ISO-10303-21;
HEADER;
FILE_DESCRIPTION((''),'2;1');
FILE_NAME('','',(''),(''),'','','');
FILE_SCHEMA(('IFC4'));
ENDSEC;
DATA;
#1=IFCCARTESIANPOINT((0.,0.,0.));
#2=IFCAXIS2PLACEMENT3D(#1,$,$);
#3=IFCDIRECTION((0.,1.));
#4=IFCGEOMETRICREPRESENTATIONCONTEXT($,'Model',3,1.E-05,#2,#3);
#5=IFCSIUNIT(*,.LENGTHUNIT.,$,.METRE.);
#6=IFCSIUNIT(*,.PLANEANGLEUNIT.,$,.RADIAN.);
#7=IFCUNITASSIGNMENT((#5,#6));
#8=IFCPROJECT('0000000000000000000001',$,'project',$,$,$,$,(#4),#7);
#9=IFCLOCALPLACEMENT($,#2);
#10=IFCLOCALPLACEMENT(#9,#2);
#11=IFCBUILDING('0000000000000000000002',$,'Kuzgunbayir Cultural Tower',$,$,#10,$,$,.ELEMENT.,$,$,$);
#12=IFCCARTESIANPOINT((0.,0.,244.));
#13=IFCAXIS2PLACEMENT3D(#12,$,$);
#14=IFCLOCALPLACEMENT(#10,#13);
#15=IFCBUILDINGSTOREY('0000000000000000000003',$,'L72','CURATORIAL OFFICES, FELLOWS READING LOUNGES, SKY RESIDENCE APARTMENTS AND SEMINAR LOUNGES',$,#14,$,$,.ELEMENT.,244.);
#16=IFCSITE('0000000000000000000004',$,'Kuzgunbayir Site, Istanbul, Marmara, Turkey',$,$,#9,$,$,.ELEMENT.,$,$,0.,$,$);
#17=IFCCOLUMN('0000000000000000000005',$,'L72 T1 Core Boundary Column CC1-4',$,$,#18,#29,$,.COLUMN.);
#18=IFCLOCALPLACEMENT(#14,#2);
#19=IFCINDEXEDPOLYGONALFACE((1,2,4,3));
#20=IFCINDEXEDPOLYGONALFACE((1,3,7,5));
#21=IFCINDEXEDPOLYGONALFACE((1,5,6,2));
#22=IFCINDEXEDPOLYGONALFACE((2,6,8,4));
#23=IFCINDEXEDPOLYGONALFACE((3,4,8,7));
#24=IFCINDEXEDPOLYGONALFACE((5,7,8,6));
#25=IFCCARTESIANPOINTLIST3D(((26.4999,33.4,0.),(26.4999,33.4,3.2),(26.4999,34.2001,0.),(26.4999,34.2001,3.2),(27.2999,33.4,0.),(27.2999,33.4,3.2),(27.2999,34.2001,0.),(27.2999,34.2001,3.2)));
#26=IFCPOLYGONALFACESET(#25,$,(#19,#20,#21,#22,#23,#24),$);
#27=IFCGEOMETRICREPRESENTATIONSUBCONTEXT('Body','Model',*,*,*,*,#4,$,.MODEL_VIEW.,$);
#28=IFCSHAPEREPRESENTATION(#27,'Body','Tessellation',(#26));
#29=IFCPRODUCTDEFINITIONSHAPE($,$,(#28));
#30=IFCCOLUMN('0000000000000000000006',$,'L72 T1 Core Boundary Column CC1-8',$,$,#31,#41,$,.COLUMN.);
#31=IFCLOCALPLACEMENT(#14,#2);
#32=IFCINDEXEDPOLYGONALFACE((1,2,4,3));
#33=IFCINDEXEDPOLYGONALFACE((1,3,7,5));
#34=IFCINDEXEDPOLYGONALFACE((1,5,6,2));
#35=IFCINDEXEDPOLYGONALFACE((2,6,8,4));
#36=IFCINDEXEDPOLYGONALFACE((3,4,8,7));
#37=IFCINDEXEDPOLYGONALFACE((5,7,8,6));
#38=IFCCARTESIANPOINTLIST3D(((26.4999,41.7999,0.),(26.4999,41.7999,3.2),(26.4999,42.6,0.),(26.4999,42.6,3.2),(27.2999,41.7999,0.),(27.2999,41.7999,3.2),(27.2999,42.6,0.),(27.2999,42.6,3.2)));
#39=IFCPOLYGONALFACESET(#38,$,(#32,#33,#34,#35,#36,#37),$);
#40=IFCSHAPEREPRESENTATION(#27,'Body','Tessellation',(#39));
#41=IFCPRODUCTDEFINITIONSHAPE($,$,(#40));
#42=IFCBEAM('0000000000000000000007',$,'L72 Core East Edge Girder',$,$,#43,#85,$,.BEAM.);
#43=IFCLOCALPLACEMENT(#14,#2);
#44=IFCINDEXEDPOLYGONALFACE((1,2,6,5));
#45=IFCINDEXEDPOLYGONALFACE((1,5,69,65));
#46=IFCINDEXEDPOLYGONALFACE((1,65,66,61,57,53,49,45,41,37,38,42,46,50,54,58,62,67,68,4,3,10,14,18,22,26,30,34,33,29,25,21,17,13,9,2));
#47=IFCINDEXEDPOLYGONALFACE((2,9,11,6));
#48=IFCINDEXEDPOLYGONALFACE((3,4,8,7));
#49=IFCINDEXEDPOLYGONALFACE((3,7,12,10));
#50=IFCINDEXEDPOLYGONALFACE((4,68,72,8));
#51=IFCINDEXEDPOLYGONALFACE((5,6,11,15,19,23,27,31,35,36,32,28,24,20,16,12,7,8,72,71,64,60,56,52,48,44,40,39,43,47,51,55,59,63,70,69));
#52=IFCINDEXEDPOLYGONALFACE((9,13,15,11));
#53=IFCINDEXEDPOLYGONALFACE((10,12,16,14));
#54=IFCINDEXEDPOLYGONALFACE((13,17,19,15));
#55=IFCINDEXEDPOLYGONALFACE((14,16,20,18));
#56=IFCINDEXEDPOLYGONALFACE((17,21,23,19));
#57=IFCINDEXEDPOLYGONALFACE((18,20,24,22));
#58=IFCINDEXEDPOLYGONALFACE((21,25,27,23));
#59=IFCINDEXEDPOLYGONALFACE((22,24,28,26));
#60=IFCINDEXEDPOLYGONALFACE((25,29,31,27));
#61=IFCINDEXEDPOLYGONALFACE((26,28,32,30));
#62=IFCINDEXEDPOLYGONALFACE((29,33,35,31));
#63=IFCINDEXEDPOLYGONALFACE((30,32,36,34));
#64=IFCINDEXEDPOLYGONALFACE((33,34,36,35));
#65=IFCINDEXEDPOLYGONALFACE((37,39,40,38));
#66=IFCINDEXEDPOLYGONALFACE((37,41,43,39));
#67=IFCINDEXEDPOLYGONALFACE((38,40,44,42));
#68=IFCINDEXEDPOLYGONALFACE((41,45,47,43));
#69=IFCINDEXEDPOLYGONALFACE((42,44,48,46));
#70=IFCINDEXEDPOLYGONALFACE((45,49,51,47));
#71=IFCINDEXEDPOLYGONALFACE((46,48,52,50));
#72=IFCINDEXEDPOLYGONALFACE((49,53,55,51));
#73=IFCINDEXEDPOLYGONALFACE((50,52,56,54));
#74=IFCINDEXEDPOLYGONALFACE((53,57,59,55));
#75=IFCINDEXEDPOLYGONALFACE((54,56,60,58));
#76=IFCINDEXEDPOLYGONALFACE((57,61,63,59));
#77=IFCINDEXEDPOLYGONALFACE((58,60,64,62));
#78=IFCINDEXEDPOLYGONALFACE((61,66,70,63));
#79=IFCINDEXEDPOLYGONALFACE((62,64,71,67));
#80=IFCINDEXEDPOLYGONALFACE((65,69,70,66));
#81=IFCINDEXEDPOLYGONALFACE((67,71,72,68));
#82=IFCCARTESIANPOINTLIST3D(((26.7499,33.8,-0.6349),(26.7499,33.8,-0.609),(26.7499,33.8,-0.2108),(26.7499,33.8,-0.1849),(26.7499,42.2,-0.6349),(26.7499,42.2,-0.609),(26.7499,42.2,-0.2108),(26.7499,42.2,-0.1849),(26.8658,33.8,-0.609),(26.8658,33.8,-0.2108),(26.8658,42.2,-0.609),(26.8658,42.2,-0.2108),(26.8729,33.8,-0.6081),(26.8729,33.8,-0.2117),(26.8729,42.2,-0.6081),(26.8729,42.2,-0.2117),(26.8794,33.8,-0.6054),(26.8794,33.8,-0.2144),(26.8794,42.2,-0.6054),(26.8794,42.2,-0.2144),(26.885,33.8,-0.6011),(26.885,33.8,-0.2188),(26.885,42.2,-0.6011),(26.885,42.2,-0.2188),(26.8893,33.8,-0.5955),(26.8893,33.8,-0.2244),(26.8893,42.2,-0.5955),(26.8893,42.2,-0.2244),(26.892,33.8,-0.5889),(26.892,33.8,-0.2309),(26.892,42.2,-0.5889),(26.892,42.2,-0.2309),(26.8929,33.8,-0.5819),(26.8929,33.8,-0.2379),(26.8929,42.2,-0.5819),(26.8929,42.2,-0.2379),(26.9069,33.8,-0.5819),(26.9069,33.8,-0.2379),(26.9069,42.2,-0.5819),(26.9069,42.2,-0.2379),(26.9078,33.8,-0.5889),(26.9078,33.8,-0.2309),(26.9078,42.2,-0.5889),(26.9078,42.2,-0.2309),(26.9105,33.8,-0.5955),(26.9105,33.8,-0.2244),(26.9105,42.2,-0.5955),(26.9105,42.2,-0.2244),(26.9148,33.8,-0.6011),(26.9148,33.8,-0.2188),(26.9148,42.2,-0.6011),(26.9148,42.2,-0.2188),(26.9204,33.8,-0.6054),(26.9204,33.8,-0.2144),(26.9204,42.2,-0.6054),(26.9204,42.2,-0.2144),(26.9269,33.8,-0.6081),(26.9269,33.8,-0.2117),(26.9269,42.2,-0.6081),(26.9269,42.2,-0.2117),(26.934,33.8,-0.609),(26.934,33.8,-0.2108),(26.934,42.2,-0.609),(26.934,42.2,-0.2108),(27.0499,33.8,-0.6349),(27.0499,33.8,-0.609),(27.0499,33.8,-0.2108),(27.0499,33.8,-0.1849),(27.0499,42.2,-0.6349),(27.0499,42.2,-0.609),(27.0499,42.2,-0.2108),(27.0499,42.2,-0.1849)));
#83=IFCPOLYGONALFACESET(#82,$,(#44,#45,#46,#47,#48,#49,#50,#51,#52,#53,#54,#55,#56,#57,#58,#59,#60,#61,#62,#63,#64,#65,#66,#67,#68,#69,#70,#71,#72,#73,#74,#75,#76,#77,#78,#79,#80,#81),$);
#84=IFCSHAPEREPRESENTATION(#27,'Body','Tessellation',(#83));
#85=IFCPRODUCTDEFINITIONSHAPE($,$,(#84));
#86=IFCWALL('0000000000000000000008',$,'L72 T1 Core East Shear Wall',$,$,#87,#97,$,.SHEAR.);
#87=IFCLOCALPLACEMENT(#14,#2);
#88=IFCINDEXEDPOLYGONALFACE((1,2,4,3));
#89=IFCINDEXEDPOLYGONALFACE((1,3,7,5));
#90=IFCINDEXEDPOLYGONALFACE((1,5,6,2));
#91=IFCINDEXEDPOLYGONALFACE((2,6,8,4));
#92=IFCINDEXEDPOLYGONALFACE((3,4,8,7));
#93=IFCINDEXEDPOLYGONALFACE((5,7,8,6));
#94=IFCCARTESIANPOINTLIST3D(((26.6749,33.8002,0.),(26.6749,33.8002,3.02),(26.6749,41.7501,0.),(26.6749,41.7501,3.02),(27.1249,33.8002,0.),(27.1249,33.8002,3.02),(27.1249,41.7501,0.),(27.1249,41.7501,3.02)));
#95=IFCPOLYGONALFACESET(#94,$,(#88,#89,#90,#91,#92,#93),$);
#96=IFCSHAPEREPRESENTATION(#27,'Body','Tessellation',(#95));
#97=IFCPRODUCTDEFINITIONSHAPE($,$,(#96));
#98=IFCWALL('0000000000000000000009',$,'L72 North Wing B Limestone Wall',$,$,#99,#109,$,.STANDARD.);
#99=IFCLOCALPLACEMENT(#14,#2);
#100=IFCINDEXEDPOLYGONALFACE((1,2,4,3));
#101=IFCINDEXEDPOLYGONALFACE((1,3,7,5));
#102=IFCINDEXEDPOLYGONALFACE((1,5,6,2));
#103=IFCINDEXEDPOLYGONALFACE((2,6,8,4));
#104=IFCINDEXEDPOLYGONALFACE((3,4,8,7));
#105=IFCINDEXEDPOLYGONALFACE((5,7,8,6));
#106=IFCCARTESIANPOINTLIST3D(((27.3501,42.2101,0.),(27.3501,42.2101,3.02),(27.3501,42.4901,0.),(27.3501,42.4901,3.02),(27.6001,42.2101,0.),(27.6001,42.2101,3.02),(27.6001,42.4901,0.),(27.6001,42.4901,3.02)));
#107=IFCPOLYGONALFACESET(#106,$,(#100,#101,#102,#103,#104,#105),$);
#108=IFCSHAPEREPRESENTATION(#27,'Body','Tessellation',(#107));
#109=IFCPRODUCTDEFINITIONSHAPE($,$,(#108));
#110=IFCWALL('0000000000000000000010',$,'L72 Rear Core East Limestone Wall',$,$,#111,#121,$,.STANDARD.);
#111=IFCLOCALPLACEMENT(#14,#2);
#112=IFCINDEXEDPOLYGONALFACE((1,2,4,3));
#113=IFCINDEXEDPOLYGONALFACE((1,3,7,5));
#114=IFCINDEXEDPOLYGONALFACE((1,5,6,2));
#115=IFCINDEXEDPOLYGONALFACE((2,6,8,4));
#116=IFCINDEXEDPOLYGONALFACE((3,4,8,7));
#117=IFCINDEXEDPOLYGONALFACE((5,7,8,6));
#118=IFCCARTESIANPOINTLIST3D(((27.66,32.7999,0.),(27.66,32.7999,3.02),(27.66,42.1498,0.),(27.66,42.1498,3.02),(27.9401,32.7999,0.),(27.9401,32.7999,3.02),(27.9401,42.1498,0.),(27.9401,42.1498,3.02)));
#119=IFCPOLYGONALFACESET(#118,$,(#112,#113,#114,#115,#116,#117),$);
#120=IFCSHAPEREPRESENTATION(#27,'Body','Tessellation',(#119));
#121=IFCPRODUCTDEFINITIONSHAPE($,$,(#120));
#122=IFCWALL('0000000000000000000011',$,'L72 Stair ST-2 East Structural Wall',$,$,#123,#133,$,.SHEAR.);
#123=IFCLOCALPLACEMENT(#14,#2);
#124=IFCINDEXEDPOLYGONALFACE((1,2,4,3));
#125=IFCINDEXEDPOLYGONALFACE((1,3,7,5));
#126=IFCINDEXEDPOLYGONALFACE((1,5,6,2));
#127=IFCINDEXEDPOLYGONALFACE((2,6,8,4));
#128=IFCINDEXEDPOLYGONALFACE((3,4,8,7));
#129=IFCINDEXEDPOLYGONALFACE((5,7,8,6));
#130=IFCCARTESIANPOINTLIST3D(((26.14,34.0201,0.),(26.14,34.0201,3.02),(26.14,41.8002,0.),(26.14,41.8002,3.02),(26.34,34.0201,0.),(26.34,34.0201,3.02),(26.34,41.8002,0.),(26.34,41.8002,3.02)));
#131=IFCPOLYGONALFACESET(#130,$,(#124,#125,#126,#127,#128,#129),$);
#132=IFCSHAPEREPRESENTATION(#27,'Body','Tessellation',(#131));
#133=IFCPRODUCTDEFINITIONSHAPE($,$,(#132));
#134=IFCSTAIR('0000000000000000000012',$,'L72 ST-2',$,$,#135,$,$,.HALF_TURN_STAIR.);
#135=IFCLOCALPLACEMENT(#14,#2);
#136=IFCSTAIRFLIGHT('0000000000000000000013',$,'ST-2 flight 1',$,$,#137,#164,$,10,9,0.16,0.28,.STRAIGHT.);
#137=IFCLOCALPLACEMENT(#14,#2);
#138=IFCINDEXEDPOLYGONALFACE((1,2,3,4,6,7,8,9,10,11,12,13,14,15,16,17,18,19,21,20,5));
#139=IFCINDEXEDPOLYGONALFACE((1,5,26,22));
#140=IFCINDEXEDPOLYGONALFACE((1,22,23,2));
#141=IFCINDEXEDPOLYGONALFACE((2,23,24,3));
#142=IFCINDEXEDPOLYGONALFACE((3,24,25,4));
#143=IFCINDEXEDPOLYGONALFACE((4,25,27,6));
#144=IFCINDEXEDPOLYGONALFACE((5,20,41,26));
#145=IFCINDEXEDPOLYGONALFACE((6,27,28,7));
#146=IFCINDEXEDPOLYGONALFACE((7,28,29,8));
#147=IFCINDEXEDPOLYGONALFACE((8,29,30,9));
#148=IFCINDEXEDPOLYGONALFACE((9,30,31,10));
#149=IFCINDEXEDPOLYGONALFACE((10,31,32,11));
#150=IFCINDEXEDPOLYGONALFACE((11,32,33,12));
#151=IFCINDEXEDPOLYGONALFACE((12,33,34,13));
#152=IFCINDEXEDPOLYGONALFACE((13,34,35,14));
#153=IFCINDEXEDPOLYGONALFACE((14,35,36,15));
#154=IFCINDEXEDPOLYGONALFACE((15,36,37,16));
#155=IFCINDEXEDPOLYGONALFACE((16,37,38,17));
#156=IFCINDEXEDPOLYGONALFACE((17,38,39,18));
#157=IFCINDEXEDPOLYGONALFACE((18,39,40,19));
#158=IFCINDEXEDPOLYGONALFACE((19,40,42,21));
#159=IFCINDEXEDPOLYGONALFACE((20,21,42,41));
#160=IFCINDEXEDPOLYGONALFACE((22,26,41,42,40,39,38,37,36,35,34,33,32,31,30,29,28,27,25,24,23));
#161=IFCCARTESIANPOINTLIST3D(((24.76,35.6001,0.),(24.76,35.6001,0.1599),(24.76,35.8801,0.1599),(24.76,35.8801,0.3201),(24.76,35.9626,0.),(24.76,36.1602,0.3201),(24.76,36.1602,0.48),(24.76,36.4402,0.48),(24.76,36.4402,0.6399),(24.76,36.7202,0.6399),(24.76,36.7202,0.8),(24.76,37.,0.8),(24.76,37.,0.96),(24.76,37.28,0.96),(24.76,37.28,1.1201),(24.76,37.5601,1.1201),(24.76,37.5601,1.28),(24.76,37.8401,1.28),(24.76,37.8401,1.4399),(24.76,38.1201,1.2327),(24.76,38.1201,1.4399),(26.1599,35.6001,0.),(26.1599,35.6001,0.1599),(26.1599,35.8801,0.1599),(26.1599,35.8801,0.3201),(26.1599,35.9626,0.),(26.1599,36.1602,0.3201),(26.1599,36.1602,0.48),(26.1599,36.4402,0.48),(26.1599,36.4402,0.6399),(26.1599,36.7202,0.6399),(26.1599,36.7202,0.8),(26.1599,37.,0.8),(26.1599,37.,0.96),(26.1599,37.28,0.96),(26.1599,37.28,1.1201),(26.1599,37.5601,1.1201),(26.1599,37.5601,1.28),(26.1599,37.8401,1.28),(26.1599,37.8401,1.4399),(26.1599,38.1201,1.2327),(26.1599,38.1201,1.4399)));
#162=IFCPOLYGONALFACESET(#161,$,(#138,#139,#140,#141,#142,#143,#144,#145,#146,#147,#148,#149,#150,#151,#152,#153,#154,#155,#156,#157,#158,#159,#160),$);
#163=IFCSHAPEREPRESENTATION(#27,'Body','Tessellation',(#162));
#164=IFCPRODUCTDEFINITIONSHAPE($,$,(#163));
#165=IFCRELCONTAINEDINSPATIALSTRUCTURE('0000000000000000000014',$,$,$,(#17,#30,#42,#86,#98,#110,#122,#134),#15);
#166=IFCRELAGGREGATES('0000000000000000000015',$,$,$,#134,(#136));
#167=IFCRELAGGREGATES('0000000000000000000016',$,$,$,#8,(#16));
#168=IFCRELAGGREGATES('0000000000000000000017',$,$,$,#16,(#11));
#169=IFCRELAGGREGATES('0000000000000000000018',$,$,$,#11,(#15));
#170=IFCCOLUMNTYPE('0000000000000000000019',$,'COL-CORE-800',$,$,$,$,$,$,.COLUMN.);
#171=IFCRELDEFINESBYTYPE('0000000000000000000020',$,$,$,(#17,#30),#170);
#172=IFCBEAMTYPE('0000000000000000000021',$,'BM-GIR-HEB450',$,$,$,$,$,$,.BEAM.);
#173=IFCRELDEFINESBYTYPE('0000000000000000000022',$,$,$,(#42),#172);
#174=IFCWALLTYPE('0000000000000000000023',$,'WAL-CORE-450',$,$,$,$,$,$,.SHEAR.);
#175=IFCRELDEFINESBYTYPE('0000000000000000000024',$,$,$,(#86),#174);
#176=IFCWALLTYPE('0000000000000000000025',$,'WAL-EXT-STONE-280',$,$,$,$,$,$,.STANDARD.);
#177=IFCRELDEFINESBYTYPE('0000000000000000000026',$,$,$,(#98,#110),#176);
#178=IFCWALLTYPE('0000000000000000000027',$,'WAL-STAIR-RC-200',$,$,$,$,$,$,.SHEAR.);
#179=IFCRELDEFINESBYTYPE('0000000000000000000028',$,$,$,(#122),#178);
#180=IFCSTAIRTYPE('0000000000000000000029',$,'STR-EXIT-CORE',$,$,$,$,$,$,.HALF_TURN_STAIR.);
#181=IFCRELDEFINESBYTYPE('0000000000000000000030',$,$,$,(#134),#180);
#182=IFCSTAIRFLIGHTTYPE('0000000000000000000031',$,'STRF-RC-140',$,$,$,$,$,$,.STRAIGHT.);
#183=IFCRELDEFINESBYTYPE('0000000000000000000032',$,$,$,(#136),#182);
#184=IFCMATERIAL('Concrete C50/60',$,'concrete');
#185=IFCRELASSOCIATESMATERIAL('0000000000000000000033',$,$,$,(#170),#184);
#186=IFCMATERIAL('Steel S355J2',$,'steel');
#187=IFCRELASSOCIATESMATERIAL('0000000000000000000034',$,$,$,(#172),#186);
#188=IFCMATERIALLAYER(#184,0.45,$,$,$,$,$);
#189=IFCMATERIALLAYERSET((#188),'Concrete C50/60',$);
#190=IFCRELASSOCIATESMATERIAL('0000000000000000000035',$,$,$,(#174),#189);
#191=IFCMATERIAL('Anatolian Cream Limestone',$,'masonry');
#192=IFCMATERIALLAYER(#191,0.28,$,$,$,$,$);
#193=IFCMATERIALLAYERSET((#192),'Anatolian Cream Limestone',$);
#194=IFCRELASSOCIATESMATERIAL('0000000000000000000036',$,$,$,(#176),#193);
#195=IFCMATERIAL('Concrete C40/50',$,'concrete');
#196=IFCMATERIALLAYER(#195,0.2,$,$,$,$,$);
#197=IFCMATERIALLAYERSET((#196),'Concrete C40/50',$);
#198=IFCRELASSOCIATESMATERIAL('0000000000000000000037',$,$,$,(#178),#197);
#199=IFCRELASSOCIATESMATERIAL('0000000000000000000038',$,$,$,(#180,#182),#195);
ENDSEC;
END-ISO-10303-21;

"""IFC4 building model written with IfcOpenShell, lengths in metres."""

from ifc_helpers import new_model, si_unit, direction, frame, frame_2d, origin, origin_2d, place, context, subcontext, project, spatial, polyline, rectangle, i_section, outline, extrude, material, layer, layer_set, material_profile, profile_set, type_object, element, aggregate, save


model = new_model("IFC4")

# Units and contexts
model_context = context("Model", 3, precision=1e-05, world=origin(), true_north=direction((0.0, 1.0)))
body_context = subcontext(model_context, "Body", "Model", "MODEL_VIEW")
ifc_project = project(units=[si_unit("LENGTHUNIT", "METRE"), si_unit("PLANEANGLEUNIT", "RADIAN")], contexts=[model_context])

# Site, building, storey
site_placement = place(None, origin())
site = spatial("IfcSite", under=ifc_project, at=site_placement, Name="Kuzgunbayir Site, Istanbul, Marmara, Turkey", CompositionType="ELEMENT", RefElevation=0.0)
building_placement = place(site_placement, origin())
building = spatial("IfcBuilding", under=site, at=building_placement, Name="Kuzgunbayir Cultural Tower", CompositionType="ELEMENT")
storey_placement = place(building_placement, frame((0.0, 0.0, 244.0)))
storey = spatial("IfcBuildingStorey", under=building, at=storey_placement, Name="L72", Description="CURATORIAL OFFICES, FELLOWS READING LOUNGES, SKY RESIDENCE APARTMENTS AND SEMINAR LOUNGES", CompositionType="ELEMENT", Elevation=244.0)

# Columns
ifc_material_1 = material(Name="Concrete C50/60", Category="concrete")
ifc_material_profile_1 = material_profile(ifc_material_1, rectangle(XDim=0.8, YDim=0.8, at=origin_2d()), Name="RC 800x800")
ifc_profile_set_1 = profile_set([ifc_material_profile_1], Name="Concrete C50/60")
column_type = type_object("IfcColumnType", Name="COL-CORE-800", PredefinedType="COLUMN", material=ifc_profile_set_1)
for number, where, z_axis, x_axis, name in (
    (1, (26.8999, 33.8, 0.0), (0.0, 0.0, 1.0), (1.0, 0.0, 0.0), "L72 T1 Core Boundary Column CC1-4"),
    (2, (26.8999, 42.2, 0.0), (0.0, 0.0, 1.0), (1.0, 0.0, 0.0), "L72 T1 Core Boundary Column CC1-8"),
):
    element("IfcColumn", number, at=place(storey_placement, frame(where, z_axis=z_axis, x_axis=x_axis)), inside=storey, type_object=column_type, Name=name, PredefinedType="COLUMN", context=body_context, shape_type="SweptSolid", body=[
        extrude(rectangle(XDim=0.8, YDim=0.8, at=origin_2d()), origin(), (0.0, 0.0, 1.0), 3.2),
    ])

# Beam
ifc_material_2 = material(Name="Steel S355J2", Category="steel")
ifc_material_profile_2 = material_profile(ifc_material_2, i_section(OverallWidth=0.3, OverallDepth=0.45, WebThickness=0.0139, FlangeThickness=0.0259, FilletRadius=0.0271, at=origin_2d()), Name="HEB 450")
ifc_profile_set_2 = profile_set([ifc_material_profile_2], Name="Steel S355J2")
beam_type = type_object("IfcBeamType", Name="BM-GIR-HEB450", PredefinedType="BEAM", material=ifc_profile_set_2)
beam_placement = place(storey_placement, frame((26.8999, 33.8, -0.4099), z_axis=(0.0, 1.0, 0.0), x_axis=(-1.0, 0.0, 0.0)))
element("IfcBeam", 3, at=beam_placement, inside=storey, type_object=beam_type, Name="L72 Core East Edge Girder", PredefinedType="BEAM", context=body_context, shape_type="SweptSolid", body=[
    extrude(i_section(OverallWidth=0.3, OverallDepth=0.45, WebThickness=0.0139, FlangeThickness=0.0259, FilletRadius=0.0271, at=origin_2d()), origin(), (0.0, 0.0, 1.0), 8.3999),
])

# Walls
ifc_layer_1 = layer(ifc_material_1, 0.45)
ifc_layer_set_1 = layer_set([ifc_layer_1], Name="Concrete C50/60")
wall_type_1 = type_object("IfcWallType", Name="WAL-CORE-450", PredefinedType="SHEAR", material=ifc_layer_set_1)
wall_1_placement = place(storey_placement, frame((26.8999, 33.8, 0.0), z_axis=(0.0, 0.0, 1.0), x_axis=(0.0, 1.0, 0.0)))
element("IfcWall", 4, at=wall_1_placement, inside=storey, type_object=wall_type_1, Name="L72 T1 Core East Shear Wall", PredefinedType="SHEAR", context=body_context, shape_type="SweptSolid", body=[
    extrude(rectangle(XDim=7.95, YDim=0.45, at=frame_2d((3.9751, 0.0))), origin(), (0.0, 0.0, 1.0), 3.02),
])
ifc_material_3 = material(Name="Anatolian Cream Limestone", Category="masonry")
ifc_layer_2 = layer(ifc_material_3, 0.28)
ifc_layer_set_2 = layer_set([ifc_layer_2], Name="Anatolian Cream Limestone")
wall_type_2 = type_object("IfcWallType", Name="WAL-EXT-STONE-280", PredefinedType="STANDARD", material=ifc_layer_set_2)
wall_2_placement = place(storey_placement, frame((27.6001, 42.3501, 0.0), z_axis=(0.0, 0.0, 1.0), x_axis=(-1.0, 0.0, 0.0)))
element("IfcWall", 5, at=wall_2_placement, inside=storey, type_object=wall_type_2, Name="L72 North Wing B Limestone Wall", PredefinedType="STANDARD", context=body_context, shape_type="SweptSolid", body=[
    extrude(rectangle(XDim=0.25, YDim=0.28, at=frame_2d((0.125, 0.0))), origin(), (0.0, 0.0, 1.0), 3.02),
])
wall_3_placement = place(storey_placement, frame((27.8, 32.8, 0.0), z_axis=(0.0, 0.0, 1.0), x_axis=(0.0, 1.0, 0.0)))
element("IfcWall", 6, at=wall_3_placement, inside=storey, type_object=wall_type_2, Name="L72 Rear Core East Limestone Wall", PredefinedType="STANDARD", context=body_context, shape_type="SweptSolid", body=[
    extrude(rectangle(XDim=9.3499, YDim=0.28, at=frame_2d((4.6748, 0.0))), origin(), (0.0, 0.0, 1.0), 3.02),
])
ifc_material_4 = material(Name="Concrete C40/50", Category="concrete")
ifc_layer_3 = layer(ifc_material_4, 0.2)
ifc_layer_set_3 = layer_set([ifc_layer_3], Name="Concrete C40/50")
wall_type_3 = type_object("IfcWallType", Name="WAL-STAIR-RC-200", PredefinedType="SHEAR", material=ifc_layer_set_3)
wall_4_placement = place(storey_placement, frame((26.24, 34.02, 0.0), z_axis=(0.0, 0.0, 1.0), x_axis=(0.0, 1.0, 0.0)))
element("IfcWall", 7, at=wall_4_placement, inside=storey, type_object=wall_type_3, Name="L72 Stair ST-2 East Structural Wall", PredefinedType="SHEAR", context=body_context, shape_type="SweptSolid", body=[
    extrude(rectangle(XDim=7.78, YDim=0.2, at=frame_2d((3.8901, 0.0))), origin(), (0.0, 0.0, 1.0), 3.02),
])

# Stair, stair flight
stair_type = type_object("IfcStairType", Name="STR-EXIT-CORE", PredefinedType="HALF_TURN_STAIR", material=ifc_material_4)
stair_placement = place(storey_placement, origin())
stair = element("IfcStair", 8, at=stair_placement, inside=storey, type_object=stair_type, Name="L72 ST-2", PredefinedType="HALF_TURN_STAIR")
stair_flight_type = type_object("IfcStairFlightType", Name="STRF-RC-140", PredefinedType="STRAIGHT", material=ifc_material_4)
stair_flight_1_placement = place(storey_placement, frame((25.46, 35.6001, 0.0), z_axis=(0.0, 0.0, 1.0), x_axis=(0.0, 1.0, 0.0)))
stair_flight_1 = element("IfcStairFlight", 9, at=stair_flight_1_placement, type_object=stair_flight_type, Name="ST-2 flight 1", NumberOfRisers=10, NumberOfTreads=9, PredefinedType="STRAIGHT", RiserHeight=0.16, TreadLength=0.28, context=body_context, shape_type="SweptSolid", body=[
    extrude(outline(polyline([(0.0, 0.0), (0.0, 0.1599), (0.28, 0.1599), (0.28, 0.3201), (0.5601, 0.3201), (0.5601, 0.48), (0.8401, 0.48), (0.8401, 0.6399), (1.1201, 0.6399), (1.1201, 0.8), (1.3999, 0.8), (1.3999, 0.96), (1.6799, 0.96), (1.6799, 1.1201), (1.96, 1.1201), (1.96, 1.28), (2.24, 1.28), (2.24, 1.4399), (2.52, 1.4399), (2.52, 1.6001), (2.52, 1.2327), (0.3625, 0.0), (0.0, 0.0)])), frame((0.0, 0.7, 0.0), z_axis=(0.0, -1.0, 0.0), x_axis=(1.0, 0.0, 0.0)), (0.0, 0.0, 1.0), 1.3999),
])
aggregate(stair, [stair_flight_1])

save(model, "model.ifc")
